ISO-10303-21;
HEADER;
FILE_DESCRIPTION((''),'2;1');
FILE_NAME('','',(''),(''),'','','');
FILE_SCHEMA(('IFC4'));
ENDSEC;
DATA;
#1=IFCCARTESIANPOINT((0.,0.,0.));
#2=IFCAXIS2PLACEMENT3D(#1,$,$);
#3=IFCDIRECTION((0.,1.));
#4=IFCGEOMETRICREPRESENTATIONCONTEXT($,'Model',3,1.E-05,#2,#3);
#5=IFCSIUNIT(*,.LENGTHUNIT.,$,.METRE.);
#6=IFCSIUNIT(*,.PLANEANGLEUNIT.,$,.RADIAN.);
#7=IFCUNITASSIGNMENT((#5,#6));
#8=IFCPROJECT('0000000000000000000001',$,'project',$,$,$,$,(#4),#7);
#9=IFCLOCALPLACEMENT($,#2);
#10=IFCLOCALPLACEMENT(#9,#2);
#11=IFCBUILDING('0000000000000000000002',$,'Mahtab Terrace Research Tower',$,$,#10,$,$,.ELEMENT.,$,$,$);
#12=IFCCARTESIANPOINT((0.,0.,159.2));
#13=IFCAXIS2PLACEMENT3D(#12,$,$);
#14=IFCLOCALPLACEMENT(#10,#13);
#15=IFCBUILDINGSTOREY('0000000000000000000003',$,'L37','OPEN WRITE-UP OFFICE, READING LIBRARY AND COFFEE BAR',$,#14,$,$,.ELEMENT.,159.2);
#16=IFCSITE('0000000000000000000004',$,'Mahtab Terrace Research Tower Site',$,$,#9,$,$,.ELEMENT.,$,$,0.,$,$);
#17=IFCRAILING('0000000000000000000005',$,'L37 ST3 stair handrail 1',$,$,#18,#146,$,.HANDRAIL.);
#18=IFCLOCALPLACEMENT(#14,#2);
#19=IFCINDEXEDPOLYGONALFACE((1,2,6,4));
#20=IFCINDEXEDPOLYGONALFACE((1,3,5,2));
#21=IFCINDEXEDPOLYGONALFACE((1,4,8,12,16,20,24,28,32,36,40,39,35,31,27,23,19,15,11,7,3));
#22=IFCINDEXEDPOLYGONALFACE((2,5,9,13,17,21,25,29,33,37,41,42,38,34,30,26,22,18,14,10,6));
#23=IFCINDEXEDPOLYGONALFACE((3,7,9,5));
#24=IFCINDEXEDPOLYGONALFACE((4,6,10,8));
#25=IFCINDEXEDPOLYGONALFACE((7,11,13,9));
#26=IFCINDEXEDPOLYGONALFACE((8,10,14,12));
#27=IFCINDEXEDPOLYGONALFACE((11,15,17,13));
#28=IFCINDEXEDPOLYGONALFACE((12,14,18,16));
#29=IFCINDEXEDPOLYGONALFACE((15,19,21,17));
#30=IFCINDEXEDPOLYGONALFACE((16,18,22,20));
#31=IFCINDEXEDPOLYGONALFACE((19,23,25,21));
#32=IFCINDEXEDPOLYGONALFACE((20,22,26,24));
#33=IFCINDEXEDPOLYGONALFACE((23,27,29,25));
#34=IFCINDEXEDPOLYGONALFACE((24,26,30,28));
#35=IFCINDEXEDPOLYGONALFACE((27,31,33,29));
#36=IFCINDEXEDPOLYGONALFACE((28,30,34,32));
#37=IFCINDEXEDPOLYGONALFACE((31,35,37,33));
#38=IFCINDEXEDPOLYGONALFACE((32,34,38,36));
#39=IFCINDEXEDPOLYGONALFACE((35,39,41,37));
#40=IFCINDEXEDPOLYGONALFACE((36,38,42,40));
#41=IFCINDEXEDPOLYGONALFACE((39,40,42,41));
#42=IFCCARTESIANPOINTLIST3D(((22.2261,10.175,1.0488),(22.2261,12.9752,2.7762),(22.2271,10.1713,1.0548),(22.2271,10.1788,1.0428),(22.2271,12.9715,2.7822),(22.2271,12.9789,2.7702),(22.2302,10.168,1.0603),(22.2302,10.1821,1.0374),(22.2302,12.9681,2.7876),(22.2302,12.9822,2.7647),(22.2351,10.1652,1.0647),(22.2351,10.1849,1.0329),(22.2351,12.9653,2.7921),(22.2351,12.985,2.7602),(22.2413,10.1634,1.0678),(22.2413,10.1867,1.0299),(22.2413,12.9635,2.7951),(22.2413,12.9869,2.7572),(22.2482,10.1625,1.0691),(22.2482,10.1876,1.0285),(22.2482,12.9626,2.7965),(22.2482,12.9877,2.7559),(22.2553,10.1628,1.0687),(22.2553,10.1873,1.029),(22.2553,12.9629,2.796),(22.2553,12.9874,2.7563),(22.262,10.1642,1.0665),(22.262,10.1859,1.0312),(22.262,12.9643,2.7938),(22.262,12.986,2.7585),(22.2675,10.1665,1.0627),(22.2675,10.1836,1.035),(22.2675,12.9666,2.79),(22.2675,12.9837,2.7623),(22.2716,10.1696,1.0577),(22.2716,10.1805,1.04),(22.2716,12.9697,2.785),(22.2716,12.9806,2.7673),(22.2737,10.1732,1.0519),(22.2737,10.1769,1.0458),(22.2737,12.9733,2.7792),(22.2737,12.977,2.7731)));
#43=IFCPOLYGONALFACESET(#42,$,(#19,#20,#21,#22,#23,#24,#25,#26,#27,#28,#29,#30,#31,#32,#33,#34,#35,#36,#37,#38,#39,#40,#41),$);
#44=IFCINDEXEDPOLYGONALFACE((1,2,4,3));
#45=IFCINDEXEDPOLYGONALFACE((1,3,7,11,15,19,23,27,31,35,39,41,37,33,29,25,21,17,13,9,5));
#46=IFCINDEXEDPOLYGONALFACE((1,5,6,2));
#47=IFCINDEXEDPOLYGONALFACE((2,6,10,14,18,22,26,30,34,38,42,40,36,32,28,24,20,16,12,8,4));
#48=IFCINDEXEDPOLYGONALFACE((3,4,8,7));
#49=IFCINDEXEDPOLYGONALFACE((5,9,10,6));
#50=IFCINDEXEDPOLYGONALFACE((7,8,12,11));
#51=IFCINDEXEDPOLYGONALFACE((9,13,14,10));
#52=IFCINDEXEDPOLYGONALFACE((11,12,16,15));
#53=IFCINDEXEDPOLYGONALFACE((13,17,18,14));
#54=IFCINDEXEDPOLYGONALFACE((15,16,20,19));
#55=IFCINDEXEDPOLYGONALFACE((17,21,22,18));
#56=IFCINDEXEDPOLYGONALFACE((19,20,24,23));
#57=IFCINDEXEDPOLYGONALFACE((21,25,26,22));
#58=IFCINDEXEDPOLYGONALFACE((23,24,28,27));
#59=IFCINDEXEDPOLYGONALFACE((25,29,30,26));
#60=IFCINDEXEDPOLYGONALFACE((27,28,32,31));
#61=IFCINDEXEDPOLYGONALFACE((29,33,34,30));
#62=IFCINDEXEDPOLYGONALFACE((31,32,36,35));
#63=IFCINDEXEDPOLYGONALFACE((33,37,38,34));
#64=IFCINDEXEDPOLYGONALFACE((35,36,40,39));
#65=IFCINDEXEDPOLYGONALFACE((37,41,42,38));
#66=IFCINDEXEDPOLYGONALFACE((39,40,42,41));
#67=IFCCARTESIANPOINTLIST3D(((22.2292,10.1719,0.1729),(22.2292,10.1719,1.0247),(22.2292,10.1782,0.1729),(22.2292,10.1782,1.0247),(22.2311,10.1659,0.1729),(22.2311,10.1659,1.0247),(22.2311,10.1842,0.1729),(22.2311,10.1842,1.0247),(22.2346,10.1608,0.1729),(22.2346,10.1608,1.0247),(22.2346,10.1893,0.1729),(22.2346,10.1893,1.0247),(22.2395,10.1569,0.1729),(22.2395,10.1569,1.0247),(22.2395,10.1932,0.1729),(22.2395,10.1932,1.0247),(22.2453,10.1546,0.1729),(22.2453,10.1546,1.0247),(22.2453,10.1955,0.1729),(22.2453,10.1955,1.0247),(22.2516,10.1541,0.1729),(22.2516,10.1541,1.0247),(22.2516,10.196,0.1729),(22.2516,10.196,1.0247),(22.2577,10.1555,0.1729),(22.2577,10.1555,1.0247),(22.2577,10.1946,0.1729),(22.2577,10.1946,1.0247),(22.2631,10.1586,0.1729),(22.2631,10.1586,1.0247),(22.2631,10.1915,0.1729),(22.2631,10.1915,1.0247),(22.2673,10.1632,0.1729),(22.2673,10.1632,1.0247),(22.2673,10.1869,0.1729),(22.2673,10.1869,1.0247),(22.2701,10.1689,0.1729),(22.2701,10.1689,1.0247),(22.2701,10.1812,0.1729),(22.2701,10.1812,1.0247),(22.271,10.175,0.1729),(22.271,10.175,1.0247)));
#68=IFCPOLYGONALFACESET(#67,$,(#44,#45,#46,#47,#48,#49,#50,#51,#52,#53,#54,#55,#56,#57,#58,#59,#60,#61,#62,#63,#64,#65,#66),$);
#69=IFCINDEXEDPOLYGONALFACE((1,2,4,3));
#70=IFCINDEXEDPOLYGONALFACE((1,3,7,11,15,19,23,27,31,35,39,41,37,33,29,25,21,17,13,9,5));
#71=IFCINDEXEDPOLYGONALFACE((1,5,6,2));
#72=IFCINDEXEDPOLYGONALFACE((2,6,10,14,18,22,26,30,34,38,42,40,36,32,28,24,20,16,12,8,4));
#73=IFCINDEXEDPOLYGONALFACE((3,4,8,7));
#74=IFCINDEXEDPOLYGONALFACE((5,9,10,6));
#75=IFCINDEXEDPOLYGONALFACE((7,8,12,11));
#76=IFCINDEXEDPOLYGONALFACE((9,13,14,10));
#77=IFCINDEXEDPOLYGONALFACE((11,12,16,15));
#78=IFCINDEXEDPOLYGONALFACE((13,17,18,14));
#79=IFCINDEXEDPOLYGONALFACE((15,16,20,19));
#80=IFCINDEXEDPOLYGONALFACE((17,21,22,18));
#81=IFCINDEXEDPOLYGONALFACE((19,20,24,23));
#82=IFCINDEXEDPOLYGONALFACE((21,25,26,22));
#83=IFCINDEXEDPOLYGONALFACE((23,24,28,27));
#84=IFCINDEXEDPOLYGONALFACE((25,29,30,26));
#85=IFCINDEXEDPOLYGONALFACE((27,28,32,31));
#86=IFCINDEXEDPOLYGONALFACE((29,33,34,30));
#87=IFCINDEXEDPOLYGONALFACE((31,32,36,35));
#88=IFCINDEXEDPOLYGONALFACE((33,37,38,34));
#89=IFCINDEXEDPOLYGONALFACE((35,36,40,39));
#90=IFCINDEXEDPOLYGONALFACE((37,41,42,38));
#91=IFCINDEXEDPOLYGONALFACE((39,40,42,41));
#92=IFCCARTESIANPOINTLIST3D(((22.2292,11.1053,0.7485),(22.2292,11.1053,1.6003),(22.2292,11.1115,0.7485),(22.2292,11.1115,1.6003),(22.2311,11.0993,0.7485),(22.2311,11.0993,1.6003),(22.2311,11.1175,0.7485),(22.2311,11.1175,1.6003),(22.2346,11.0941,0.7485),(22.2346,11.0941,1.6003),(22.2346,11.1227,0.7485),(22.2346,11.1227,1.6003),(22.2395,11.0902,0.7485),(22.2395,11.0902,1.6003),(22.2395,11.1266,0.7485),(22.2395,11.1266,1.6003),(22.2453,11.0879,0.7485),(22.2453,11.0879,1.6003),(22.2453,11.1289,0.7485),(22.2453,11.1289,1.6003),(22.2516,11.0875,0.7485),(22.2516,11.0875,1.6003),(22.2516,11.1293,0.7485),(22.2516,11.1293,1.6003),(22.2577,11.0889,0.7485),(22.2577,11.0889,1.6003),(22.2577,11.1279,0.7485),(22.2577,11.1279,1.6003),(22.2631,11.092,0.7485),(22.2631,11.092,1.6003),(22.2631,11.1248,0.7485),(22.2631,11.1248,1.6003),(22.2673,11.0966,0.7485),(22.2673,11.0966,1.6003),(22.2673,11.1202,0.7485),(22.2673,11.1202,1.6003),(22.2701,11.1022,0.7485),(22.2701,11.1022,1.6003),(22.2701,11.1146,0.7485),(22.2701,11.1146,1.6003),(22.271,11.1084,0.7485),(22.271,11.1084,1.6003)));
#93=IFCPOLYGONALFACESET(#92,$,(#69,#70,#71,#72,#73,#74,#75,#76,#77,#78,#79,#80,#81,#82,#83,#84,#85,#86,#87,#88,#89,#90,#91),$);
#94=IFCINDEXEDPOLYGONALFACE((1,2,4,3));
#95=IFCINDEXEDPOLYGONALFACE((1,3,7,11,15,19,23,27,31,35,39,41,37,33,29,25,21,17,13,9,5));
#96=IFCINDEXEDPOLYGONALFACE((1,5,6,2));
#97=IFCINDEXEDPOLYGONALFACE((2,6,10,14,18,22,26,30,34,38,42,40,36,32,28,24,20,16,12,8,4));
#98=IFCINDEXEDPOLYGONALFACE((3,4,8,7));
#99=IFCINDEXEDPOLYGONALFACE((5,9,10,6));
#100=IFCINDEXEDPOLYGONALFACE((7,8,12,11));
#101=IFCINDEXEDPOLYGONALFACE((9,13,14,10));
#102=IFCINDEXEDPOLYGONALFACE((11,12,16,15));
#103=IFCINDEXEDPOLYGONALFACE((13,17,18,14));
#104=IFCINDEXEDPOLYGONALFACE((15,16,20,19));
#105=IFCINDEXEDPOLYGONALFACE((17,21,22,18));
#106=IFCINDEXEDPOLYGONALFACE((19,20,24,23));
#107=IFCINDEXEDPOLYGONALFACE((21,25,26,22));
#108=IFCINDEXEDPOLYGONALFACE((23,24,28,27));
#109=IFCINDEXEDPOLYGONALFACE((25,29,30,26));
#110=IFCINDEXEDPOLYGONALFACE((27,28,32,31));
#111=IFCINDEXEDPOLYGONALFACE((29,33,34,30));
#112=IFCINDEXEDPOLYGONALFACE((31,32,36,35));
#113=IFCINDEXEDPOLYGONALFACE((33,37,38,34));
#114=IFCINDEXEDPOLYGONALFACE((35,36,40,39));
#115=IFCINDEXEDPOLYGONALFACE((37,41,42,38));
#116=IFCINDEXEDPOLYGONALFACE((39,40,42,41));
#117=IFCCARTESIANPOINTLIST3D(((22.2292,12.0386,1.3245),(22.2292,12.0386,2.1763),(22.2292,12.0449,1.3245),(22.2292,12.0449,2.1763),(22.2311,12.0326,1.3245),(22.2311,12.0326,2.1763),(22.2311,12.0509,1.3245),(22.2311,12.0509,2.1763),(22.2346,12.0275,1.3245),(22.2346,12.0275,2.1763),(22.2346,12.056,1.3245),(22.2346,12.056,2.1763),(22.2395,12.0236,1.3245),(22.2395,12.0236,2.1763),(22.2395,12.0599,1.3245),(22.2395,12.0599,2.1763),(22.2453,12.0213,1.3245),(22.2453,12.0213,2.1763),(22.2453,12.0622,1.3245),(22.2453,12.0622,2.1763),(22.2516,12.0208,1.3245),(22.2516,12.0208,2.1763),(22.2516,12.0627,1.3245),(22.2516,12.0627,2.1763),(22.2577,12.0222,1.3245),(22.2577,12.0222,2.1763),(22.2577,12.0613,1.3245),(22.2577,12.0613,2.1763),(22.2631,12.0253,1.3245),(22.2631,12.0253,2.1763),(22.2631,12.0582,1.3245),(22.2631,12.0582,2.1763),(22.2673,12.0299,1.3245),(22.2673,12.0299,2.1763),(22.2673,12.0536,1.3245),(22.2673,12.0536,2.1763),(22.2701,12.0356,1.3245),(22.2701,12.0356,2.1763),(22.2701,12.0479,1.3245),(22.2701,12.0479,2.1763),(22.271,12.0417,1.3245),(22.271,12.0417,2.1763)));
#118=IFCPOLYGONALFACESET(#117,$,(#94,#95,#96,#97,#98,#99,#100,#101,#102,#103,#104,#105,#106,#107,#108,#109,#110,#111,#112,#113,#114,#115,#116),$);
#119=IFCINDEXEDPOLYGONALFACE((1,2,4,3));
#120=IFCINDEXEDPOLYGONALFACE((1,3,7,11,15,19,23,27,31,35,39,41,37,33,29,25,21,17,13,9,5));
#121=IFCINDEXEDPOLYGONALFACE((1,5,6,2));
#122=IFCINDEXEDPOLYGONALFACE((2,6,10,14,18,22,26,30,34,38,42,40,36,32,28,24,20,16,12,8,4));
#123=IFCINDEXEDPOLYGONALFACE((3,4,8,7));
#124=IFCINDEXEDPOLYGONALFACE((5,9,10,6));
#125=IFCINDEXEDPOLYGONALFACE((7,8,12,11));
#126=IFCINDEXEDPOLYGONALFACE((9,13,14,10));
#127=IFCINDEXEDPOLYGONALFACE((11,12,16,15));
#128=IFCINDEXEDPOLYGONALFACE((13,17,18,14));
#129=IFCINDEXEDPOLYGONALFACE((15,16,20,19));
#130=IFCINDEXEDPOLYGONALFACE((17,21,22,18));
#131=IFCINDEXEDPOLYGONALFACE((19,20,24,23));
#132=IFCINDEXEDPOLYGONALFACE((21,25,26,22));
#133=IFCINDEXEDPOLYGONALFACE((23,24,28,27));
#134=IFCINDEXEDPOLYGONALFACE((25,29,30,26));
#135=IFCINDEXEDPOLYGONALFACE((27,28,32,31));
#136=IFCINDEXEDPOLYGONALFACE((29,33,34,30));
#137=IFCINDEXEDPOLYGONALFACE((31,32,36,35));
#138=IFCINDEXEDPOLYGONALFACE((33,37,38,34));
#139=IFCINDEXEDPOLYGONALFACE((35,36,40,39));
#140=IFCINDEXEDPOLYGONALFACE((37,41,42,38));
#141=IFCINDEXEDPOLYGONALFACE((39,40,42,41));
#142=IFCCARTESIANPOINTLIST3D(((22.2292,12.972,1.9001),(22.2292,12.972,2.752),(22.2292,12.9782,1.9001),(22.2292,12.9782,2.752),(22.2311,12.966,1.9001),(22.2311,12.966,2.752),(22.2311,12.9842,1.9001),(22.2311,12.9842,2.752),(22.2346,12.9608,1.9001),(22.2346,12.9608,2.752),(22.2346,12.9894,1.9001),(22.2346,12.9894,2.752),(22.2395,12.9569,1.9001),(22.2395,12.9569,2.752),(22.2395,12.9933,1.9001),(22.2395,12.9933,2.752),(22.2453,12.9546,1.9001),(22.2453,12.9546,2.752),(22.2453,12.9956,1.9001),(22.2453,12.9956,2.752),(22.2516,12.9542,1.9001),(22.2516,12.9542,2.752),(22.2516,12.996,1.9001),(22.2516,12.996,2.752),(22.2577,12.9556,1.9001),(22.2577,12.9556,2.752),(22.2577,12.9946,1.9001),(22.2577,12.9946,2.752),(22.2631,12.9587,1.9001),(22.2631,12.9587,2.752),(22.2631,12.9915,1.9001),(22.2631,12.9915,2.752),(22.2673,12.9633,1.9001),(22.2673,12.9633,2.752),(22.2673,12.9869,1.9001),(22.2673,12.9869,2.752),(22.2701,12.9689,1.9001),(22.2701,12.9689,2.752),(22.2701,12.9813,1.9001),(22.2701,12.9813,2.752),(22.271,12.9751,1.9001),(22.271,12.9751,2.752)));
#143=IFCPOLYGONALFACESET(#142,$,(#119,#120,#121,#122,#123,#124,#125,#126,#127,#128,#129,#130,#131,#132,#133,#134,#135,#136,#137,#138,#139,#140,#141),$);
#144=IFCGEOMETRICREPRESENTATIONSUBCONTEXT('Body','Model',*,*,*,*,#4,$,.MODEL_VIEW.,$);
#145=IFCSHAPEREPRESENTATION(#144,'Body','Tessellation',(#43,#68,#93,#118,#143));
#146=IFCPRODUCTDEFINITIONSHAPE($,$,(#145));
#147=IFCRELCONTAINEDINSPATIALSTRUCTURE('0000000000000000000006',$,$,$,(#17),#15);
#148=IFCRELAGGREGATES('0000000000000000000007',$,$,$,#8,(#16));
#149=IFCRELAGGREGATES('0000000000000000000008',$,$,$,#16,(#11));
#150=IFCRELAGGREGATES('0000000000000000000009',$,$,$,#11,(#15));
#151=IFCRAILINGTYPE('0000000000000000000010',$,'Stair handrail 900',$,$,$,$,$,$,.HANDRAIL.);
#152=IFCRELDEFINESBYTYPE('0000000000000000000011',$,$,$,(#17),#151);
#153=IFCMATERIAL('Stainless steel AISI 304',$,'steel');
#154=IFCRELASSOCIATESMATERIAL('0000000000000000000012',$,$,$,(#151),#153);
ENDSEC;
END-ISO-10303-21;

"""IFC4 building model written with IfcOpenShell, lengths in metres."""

from ifc_helpers import new_model, si_unit, direction, frame, origin, origin_2d, place, context, subcontext, project, spatial, circle, extrude, material, type_object, element, save


model = new_model("IFC4")

# Units and contexts
model_context = context("Model", 3, precision=1e-05, world=origin(), true_north=direction((0.0, 1.0)))
body_context = subcontext(model_context, "Body", "Model", "MODEL_VIEW")
ifc_project = project(units=[si_unit("LENGTHUNIT", "METRE"), si_unit("PLANEANGLEUNIT", "RADIAN")], contexts=[model_context])

# Site, building, storey
site_placement = place(None, origin())
site = spatial("IfcSite", under=ifc_project, at=site_placement, Name="Mahtab Terrace Research Tower Site", CompositionType="ELEMENT", RefElevation=0.0)
building_placement = place(site_placement, origin())
building = spatial("IfcBuilding", under=site, at=building_placement, Name="Mahtab Terrace Research Tower", CompositionType="ELEMENT")
storey_placement = place(building_placement, frame((0.0, 0.0, 159.2)))
storey = spatial("IfcBuildingStorey", under=building, at=storey_placement, Name="L37", Description="OPEN WRITE-UP OFFICE, READING LIBRARY AND COFFEE BAR", CompositionType="ELEMENT", Elevation=159.2)

# Railing
ifc_material_1 = material(Name="Stainless steel AISI 304", Category="steel")
railing_type_1 = type_object("IfcRailingType", Name="Stair handrail 900", PredefinedType="HANDRAIL", material=ifc_material_1)
railing_1_placement = place(storey_placement, frame((22.25, 10.175, 0.1729)))
element("IfcRailing", 1, at=railing_1_placement, inside=storey, type_object=railing_type_1, Name="L37 ST3 stair handrail 1", PredefinedType="HANDRAIL", context=body_context, shape_type="SweptSolid", body=[
    extrude(circle(Radius=0.0239, at=origin_2d()), frame((0.0, 0.0, 0.876), z_axis=(0.0, 0.85109, 0.52502), x_axis=(-1.0, 0.0, 0.0)), (0.0, 0.0, 1.0), 3.29),
    extrude(circle(Radius=0.021, at=origin_2d()), origin(), (0.0, 0.0, 1.0), 0.8518),
    extrude(circle(Radius=0.021, at=origin_2d()), frame((0.0, 0.9333, 0.5757)), (0.0, 0.0, 1.0), 0.8518),
    extrude(circle(Radius=0.021, at=origin_2d()), frame((0.0, 1.8667, 1.1516)), (0.0, 0.0, 1.0), 0.8518),
    extrude(circle(Radius=0.021, at=origin_2d()), frame((0.0, 2.8, 1.7273)), (0.0, 0.0, 1.0), 0.8518),
])

save(model, "model.ifc")
